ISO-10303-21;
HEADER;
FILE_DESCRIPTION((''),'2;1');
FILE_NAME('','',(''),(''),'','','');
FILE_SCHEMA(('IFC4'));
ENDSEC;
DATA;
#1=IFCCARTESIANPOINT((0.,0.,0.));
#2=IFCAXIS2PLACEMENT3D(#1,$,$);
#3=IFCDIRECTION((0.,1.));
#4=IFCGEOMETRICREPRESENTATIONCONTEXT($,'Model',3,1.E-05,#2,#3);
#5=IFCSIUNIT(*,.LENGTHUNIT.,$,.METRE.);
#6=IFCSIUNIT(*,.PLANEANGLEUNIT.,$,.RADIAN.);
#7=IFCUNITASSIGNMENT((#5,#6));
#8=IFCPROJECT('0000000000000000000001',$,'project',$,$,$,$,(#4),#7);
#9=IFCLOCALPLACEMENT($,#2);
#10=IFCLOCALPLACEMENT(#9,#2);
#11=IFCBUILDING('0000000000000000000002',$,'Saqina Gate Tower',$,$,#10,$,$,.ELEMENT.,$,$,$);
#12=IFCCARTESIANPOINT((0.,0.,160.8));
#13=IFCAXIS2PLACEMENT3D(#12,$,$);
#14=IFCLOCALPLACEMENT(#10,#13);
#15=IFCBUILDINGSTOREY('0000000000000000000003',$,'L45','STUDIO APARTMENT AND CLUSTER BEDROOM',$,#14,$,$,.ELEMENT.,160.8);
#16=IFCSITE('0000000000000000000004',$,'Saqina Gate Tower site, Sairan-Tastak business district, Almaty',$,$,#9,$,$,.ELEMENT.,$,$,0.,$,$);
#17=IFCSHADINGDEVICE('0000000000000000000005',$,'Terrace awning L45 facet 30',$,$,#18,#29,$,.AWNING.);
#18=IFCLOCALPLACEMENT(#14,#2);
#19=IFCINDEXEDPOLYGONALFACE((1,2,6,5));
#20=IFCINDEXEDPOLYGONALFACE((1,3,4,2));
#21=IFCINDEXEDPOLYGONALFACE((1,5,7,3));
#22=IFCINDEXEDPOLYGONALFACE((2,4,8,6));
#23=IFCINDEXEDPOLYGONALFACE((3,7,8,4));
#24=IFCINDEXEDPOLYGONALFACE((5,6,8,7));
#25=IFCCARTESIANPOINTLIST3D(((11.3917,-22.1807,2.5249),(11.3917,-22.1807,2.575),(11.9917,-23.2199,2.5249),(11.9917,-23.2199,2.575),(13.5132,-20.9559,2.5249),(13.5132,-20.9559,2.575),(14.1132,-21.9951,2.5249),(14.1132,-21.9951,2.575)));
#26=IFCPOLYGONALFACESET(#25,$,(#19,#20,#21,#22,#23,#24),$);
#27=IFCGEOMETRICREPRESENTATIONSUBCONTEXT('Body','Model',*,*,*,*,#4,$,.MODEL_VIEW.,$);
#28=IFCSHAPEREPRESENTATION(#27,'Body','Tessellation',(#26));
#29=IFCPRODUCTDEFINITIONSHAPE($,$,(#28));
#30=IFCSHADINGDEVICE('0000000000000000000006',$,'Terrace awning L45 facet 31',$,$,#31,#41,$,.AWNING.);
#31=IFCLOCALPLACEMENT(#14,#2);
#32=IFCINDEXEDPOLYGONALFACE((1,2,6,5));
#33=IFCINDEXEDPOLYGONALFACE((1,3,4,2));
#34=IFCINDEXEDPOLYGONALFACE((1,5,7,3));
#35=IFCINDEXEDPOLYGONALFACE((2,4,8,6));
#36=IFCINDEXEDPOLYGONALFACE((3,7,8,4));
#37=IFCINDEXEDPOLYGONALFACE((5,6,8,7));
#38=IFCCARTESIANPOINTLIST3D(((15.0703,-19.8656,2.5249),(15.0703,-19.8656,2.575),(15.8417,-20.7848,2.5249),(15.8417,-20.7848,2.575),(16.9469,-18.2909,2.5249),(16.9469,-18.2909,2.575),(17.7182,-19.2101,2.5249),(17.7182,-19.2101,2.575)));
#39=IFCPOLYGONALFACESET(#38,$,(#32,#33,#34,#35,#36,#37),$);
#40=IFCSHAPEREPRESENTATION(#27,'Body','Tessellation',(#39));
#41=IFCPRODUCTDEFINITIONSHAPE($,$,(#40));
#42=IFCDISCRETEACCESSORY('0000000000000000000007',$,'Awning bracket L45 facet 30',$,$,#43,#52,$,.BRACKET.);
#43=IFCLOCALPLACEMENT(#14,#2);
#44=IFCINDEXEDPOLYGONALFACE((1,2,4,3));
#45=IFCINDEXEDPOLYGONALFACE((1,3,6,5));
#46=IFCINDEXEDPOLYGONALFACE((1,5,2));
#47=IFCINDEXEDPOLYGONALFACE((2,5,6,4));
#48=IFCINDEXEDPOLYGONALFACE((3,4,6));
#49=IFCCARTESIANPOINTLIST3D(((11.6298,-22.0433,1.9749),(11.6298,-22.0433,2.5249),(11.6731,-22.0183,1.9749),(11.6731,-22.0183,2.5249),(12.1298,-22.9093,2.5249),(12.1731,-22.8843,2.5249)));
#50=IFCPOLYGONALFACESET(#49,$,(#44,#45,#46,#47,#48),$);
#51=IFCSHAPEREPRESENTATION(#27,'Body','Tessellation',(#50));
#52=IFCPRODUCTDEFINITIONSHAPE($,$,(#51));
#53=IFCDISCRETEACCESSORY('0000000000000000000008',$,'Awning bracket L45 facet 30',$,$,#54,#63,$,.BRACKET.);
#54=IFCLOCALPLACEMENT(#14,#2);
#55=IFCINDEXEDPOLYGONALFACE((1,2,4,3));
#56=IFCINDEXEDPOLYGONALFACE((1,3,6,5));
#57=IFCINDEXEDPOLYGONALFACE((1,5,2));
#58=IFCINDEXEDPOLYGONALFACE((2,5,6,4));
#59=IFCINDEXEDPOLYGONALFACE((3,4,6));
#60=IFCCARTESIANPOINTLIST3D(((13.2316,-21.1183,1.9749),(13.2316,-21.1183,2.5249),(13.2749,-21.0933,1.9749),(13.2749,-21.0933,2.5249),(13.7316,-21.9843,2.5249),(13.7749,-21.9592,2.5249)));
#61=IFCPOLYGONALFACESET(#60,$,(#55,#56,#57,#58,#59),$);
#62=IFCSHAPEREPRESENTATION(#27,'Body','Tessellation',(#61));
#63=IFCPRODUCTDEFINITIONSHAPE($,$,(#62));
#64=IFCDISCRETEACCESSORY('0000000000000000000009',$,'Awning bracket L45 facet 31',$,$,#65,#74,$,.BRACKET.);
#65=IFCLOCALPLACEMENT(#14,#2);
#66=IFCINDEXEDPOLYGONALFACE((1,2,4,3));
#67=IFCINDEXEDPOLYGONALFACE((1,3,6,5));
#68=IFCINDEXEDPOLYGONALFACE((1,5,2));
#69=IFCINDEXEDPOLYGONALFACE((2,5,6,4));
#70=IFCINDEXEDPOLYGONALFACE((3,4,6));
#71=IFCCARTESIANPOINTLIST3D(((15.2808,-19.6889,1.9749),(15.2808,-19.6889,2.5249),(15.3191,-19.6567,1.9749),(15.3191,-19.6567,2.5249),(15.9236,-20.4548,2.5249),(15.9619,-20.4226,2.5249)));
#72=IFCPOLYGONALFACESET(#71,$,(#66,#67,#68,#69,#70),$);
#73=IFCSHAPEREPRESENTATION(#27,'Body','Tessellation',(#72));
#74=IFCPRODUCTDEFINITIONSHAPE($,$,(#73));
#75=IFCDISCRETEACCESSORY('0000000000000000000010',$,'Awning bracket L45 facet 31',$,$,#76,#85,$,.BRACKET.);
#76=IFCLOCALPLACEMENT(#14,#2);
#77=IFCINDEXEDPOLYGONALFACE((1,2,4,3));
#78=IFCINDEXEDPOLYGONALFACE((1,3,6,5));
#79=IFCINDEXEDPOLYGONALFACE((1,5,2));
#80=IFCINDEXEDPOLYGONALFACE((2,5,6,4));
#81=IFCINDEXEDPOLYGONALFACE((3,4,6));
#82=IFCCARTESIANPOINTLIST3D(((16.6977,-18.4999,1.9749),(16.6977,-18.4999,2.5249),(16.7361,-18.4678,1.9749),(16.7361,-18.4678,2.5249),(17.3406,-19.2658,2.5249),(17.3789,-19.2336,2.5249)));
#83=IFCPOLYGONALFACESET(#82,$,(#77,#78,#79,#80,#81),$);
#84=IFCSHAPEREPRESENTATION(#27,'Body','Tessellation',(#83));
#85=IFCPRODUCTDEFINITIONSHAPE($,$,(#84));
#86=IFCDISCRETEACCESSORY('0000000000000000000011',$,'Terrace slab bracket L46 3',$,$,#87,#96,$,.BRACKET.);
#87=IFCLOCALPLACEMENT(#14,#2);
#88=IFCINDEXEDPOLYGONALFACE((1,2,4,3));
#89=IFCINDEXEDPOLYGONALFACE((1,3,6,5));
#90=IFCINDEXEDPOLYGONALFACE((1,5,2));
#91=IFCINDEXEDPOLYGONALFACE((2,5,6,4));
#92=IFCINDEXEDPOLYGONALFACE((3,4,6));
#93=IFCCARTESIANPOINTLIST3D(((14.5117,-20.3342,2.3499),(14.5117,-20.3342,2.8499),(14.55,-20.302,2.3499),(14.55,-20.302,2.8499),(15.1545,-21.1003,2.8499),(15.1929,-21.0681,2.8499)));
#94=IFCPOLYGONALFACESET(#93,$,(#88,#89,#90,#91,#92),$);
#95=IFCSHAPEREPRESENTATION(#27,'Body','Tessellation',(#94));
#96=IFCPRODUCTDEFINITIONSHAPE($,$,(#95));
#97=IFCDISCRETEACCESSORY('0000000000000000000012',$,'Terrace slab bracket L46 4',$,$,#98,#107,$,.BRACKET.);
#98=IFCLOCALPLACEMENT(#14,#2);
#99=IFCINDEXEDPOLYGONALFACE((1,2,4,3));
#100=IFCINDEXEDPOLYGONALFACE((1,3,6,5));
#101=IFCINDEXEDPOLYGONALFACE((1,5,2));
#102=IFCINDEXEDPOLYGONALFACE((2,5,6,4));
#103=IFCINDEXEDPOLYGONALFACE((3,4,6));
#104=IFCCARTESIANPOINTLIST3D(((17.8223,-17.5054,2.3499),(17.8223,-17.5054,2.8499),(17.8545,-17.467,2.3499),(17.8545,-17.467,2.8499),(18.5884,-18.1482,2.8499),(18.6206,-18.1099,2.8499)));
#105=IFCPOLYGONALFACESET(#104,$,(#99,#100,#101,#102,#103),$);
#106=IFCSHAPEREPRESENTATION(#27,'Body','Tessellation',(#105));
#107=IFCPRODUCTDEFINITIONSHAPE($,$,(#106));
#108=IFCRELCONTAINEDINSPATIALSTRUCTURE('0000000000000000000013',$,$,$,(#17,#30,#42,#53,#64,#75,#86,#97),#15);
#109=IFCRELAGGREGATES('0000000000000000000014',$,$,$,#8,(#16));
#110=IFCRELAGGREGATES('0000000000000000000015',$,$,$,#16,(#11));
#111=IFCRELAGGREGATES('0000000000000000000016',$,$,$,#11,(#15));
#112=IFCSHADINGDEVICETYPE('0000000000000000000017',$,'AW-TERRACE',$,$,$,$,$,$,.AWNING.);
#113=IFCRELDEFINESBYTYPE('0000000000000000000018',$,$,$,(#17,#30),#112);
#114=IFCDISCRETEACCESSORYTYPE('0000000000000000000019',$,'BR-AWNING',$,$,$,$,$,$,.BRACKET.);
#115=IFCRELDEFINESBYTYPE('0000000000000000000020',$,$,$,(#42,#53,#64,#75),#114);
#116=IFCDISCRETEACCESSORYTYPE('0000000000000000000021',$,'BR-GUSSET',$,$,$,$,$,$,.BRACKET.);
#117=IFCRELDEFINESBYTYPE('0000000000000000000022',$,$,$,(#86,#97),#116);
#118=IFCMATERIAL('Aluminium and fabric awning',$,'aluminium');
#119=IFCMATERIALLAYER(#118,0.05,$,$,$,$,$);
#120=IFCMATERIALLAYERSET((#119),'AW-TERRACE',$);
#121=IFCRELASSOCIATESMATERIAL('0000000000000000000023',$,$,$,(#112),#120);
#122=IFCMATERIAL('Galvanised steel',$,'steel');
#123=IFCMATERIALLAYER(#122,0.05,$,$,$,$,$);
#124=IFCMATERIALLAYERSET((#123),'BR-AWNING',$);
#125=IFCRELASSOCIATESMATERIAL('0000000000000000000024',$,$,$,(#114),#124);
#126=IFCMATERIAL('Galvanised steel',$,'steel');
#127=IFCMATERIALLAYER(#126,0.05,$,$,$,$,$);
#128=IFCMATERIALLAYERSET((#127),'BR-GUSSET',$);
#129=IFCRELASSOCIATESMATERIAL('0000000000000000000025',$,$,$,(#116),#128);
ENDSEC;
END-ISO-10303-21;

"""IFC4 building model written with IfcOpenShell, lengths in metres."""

from ifc_helpers import new_model, si_unit, direction, frame, origin, origin_2d, place, context, subcontext, project, spatial, polyline, rectangle, outline, extrude, material, layer, layer_set, type_object, element, save


model = new_model("IFC4")

# Units and contexts
model_context = context("Model", 3, precision=1e-05, world=origin(), true_north=direction((0.0, 1.0)))
body_context = subcontext(model_context, "Body", "Model", "MODEL_VIEW")
ifc_project = project(units=[si_unit("LENGTHUNIT", "METRE"), si_unit("PLANEANGLEUNIT", "RADIAN")], contexts=[model_context])

# Site, building, storey
site_placement = place(None, origin())
site = spatial("IfcSite", under=ifc_project, at=site_placement, Name="Saqina Gate Tower site, Sairan-Tastak business district, Almaty", CompositionType="ELEMENT", RefElevation=0.0)
building_placement = place(site_placement, origin())
building = spatial("IfcBuilding", under=site, at=building_placement, Name="Saqina Gate Tower", CompositionType="ELEMENT")
storey_placement = place(building_placement, frame((0.0, 0.0, 160.8)))
storey = spatial("IfcBuildingStorey", under=building, at=storey_placement, Name="L45", Description="STUDIO APARTMENT AND CLUSTER BEDROOM", CompositionType="ELEMENT", Elevation=160.8)

# Shading devices
ifc_material_1 = material(Name="Aluminium and fabric awning", Category="aluminium")
ifc_layer_1 = layer(ifc_material_1, 0.05)
ifc_layer_set_1 = layer_set([ifc_layer_1], Name="AW-TERRACE")
shading_device_type = type_object("IfcShadingDeviceType", Name="AW-TERRACE", PredefinedType="AWNING", material=ifc_layer_set_1)
for number, where, z_axis, x_axis, name in (
    (1, (12.7524, -22.0879, 2.5249), (0.0, 0.0, 1.0), (0.866025, 0.5, 0.0), "Terrace awning L45 facet 30"),
    (2, (16.3943, -19.5378, 2.5249), (0.0, 0.0, 1.0), (0.766044, 0.642788, 0.0), "Terrace awning L45 facet 31"),
):
    element("IfcShadingDevice", number, at=place(storey_placement, frame(where, z_axis=z_axis, x_axis=x_axis)), inside=storey, type_object=shading_device_type, Name=name, PredefinedType="AWNING", context=body_context, shape_type="SweptSolid", body=[
        extrude(rectangle(XDim=2.4497, YDim=1.2, at=origin_2d()), origin(), (0.0, 0.0, 1.0), 0.05),
    ])

# Discrete accessories
ifc_material_2 = material(Name="Galvanised steel", Category="steel")
ifc_layer_2 = layer(ifc_material_2, 0.05)
ifc_layer_set_2 = layer_set([ifc_layer_2], Name="BR-AWNING")
discrete_accessory_type_1 = type_object("IfcDiscreteAccessoryType", Name="BR-AWNING", PredefinedType="BRACKET", material=ifc_layer_set_2)
for number, where, z_axis, x_axis, name in (
    (3, (11.6731, -22.0183, 1.9749), (0.866011, 0.500025, 0.0), (0.0, 0.0, 1.0), "Awning bracket L45 facet 30"),
    (4, (13.2749, -21.0933, 1.9749), (0.866011, 0.500025, 0.0), (0.0, 0.0, 1.0), "Awning bracket L45 facet 30"),
):
    element("IfcDiscreteAccessory", number, at=place(storey_placement, frame(where, z_axis=z_axis, x_axis=x_axis)), inside=storey, type_object=discrete_accessory_type_1, Name=name, PredefinedType="BRACKET", context=body_context, shape_type="SweptSolid", body=[
        extrude(outline(polyline([(0.0, 0.0), (0.55, 0.0), (0.55, 0.9999), (0.0, 0.0)])), origin(), (0.0, 0.0, -1.0), 0.05),
    ])
for number, where, z_axis, x_axis, name in (
    (5, (15.3191, -19.6567, 1.9749), (0.765955, 0.642894, 0.0), (0.0, 0.0, 1.0), "Awning bracket L45 facet 31"),
    (6, (16.7361, -18.4678, 1.9749), (0.765955, 0.642894, 0.0), (0.0, 0.0, 1.0), "Awning bracket L45 facet 31"),
):
    element("IfcDiscreteAccessory", number, at=place(storey_placement, frame(where, z_axis=z_axis, x_axis=x_axis)), inside=storey, type_object=discrete_accessory_type_1, Name=name, PredefinedType="BRACKET", context=body_context, shape_type="SweptSolid", body=[
        extrude(outline(polyline([(0.0, 0.0), (0.55, 0.0), (0.55, 0.9999), (0.0, 0.0)])), origin(), (0.0, 0.0, -1.0), 0.05),
    ])
ifc_material_3 = material(Name="Galvanised steel", Category="steel")
ifc_layer_3 = layer(ifc_material_3, 0.05)
ifc_layer_set_3 = layer_set([ifc_layer_3], Name="BR-GUSSET")
discrete_accessory_type_2 = type_object("IfcDiscreteAccessoryType", Name="BR-GUSSET", PredefinedType="BRACKET", material=ifc_layer_set_3)
for number, where, z_axis, x_axis, name in (
    (7, (14.55, -20.302, 2.3499), (0.766056, 0.642774, 0.0), (0.0, 0.0, 1.0), "Terrace slab bracket L46 3"),
    (8, (17.8545, -17.467, 2.3499), (0.642774, 0.766056, 0.0), (0.0, 0.0, 1.0), "Terrace slab bracket L46 4"),
):
    element("IfcDiscreteAccessory", number, at=place(storey_placement, frame(where, z_axis=z_axis, x_axis=x_axis)), inside=storey, type_object=discrete_accessory_type_2, Name=name, PredefinedType="BRACKET", context=body_context, shape_type="SweptSolid", body=[
        extrude(outline(polyline([(0.0, 0.0), (0.5, 0.0), (0.5, 1.0001), (0.0, 0.0)])), origin(), (0.0, 0.0, -1.0), 0.05),
    ])

save(model, "model.ifc")
